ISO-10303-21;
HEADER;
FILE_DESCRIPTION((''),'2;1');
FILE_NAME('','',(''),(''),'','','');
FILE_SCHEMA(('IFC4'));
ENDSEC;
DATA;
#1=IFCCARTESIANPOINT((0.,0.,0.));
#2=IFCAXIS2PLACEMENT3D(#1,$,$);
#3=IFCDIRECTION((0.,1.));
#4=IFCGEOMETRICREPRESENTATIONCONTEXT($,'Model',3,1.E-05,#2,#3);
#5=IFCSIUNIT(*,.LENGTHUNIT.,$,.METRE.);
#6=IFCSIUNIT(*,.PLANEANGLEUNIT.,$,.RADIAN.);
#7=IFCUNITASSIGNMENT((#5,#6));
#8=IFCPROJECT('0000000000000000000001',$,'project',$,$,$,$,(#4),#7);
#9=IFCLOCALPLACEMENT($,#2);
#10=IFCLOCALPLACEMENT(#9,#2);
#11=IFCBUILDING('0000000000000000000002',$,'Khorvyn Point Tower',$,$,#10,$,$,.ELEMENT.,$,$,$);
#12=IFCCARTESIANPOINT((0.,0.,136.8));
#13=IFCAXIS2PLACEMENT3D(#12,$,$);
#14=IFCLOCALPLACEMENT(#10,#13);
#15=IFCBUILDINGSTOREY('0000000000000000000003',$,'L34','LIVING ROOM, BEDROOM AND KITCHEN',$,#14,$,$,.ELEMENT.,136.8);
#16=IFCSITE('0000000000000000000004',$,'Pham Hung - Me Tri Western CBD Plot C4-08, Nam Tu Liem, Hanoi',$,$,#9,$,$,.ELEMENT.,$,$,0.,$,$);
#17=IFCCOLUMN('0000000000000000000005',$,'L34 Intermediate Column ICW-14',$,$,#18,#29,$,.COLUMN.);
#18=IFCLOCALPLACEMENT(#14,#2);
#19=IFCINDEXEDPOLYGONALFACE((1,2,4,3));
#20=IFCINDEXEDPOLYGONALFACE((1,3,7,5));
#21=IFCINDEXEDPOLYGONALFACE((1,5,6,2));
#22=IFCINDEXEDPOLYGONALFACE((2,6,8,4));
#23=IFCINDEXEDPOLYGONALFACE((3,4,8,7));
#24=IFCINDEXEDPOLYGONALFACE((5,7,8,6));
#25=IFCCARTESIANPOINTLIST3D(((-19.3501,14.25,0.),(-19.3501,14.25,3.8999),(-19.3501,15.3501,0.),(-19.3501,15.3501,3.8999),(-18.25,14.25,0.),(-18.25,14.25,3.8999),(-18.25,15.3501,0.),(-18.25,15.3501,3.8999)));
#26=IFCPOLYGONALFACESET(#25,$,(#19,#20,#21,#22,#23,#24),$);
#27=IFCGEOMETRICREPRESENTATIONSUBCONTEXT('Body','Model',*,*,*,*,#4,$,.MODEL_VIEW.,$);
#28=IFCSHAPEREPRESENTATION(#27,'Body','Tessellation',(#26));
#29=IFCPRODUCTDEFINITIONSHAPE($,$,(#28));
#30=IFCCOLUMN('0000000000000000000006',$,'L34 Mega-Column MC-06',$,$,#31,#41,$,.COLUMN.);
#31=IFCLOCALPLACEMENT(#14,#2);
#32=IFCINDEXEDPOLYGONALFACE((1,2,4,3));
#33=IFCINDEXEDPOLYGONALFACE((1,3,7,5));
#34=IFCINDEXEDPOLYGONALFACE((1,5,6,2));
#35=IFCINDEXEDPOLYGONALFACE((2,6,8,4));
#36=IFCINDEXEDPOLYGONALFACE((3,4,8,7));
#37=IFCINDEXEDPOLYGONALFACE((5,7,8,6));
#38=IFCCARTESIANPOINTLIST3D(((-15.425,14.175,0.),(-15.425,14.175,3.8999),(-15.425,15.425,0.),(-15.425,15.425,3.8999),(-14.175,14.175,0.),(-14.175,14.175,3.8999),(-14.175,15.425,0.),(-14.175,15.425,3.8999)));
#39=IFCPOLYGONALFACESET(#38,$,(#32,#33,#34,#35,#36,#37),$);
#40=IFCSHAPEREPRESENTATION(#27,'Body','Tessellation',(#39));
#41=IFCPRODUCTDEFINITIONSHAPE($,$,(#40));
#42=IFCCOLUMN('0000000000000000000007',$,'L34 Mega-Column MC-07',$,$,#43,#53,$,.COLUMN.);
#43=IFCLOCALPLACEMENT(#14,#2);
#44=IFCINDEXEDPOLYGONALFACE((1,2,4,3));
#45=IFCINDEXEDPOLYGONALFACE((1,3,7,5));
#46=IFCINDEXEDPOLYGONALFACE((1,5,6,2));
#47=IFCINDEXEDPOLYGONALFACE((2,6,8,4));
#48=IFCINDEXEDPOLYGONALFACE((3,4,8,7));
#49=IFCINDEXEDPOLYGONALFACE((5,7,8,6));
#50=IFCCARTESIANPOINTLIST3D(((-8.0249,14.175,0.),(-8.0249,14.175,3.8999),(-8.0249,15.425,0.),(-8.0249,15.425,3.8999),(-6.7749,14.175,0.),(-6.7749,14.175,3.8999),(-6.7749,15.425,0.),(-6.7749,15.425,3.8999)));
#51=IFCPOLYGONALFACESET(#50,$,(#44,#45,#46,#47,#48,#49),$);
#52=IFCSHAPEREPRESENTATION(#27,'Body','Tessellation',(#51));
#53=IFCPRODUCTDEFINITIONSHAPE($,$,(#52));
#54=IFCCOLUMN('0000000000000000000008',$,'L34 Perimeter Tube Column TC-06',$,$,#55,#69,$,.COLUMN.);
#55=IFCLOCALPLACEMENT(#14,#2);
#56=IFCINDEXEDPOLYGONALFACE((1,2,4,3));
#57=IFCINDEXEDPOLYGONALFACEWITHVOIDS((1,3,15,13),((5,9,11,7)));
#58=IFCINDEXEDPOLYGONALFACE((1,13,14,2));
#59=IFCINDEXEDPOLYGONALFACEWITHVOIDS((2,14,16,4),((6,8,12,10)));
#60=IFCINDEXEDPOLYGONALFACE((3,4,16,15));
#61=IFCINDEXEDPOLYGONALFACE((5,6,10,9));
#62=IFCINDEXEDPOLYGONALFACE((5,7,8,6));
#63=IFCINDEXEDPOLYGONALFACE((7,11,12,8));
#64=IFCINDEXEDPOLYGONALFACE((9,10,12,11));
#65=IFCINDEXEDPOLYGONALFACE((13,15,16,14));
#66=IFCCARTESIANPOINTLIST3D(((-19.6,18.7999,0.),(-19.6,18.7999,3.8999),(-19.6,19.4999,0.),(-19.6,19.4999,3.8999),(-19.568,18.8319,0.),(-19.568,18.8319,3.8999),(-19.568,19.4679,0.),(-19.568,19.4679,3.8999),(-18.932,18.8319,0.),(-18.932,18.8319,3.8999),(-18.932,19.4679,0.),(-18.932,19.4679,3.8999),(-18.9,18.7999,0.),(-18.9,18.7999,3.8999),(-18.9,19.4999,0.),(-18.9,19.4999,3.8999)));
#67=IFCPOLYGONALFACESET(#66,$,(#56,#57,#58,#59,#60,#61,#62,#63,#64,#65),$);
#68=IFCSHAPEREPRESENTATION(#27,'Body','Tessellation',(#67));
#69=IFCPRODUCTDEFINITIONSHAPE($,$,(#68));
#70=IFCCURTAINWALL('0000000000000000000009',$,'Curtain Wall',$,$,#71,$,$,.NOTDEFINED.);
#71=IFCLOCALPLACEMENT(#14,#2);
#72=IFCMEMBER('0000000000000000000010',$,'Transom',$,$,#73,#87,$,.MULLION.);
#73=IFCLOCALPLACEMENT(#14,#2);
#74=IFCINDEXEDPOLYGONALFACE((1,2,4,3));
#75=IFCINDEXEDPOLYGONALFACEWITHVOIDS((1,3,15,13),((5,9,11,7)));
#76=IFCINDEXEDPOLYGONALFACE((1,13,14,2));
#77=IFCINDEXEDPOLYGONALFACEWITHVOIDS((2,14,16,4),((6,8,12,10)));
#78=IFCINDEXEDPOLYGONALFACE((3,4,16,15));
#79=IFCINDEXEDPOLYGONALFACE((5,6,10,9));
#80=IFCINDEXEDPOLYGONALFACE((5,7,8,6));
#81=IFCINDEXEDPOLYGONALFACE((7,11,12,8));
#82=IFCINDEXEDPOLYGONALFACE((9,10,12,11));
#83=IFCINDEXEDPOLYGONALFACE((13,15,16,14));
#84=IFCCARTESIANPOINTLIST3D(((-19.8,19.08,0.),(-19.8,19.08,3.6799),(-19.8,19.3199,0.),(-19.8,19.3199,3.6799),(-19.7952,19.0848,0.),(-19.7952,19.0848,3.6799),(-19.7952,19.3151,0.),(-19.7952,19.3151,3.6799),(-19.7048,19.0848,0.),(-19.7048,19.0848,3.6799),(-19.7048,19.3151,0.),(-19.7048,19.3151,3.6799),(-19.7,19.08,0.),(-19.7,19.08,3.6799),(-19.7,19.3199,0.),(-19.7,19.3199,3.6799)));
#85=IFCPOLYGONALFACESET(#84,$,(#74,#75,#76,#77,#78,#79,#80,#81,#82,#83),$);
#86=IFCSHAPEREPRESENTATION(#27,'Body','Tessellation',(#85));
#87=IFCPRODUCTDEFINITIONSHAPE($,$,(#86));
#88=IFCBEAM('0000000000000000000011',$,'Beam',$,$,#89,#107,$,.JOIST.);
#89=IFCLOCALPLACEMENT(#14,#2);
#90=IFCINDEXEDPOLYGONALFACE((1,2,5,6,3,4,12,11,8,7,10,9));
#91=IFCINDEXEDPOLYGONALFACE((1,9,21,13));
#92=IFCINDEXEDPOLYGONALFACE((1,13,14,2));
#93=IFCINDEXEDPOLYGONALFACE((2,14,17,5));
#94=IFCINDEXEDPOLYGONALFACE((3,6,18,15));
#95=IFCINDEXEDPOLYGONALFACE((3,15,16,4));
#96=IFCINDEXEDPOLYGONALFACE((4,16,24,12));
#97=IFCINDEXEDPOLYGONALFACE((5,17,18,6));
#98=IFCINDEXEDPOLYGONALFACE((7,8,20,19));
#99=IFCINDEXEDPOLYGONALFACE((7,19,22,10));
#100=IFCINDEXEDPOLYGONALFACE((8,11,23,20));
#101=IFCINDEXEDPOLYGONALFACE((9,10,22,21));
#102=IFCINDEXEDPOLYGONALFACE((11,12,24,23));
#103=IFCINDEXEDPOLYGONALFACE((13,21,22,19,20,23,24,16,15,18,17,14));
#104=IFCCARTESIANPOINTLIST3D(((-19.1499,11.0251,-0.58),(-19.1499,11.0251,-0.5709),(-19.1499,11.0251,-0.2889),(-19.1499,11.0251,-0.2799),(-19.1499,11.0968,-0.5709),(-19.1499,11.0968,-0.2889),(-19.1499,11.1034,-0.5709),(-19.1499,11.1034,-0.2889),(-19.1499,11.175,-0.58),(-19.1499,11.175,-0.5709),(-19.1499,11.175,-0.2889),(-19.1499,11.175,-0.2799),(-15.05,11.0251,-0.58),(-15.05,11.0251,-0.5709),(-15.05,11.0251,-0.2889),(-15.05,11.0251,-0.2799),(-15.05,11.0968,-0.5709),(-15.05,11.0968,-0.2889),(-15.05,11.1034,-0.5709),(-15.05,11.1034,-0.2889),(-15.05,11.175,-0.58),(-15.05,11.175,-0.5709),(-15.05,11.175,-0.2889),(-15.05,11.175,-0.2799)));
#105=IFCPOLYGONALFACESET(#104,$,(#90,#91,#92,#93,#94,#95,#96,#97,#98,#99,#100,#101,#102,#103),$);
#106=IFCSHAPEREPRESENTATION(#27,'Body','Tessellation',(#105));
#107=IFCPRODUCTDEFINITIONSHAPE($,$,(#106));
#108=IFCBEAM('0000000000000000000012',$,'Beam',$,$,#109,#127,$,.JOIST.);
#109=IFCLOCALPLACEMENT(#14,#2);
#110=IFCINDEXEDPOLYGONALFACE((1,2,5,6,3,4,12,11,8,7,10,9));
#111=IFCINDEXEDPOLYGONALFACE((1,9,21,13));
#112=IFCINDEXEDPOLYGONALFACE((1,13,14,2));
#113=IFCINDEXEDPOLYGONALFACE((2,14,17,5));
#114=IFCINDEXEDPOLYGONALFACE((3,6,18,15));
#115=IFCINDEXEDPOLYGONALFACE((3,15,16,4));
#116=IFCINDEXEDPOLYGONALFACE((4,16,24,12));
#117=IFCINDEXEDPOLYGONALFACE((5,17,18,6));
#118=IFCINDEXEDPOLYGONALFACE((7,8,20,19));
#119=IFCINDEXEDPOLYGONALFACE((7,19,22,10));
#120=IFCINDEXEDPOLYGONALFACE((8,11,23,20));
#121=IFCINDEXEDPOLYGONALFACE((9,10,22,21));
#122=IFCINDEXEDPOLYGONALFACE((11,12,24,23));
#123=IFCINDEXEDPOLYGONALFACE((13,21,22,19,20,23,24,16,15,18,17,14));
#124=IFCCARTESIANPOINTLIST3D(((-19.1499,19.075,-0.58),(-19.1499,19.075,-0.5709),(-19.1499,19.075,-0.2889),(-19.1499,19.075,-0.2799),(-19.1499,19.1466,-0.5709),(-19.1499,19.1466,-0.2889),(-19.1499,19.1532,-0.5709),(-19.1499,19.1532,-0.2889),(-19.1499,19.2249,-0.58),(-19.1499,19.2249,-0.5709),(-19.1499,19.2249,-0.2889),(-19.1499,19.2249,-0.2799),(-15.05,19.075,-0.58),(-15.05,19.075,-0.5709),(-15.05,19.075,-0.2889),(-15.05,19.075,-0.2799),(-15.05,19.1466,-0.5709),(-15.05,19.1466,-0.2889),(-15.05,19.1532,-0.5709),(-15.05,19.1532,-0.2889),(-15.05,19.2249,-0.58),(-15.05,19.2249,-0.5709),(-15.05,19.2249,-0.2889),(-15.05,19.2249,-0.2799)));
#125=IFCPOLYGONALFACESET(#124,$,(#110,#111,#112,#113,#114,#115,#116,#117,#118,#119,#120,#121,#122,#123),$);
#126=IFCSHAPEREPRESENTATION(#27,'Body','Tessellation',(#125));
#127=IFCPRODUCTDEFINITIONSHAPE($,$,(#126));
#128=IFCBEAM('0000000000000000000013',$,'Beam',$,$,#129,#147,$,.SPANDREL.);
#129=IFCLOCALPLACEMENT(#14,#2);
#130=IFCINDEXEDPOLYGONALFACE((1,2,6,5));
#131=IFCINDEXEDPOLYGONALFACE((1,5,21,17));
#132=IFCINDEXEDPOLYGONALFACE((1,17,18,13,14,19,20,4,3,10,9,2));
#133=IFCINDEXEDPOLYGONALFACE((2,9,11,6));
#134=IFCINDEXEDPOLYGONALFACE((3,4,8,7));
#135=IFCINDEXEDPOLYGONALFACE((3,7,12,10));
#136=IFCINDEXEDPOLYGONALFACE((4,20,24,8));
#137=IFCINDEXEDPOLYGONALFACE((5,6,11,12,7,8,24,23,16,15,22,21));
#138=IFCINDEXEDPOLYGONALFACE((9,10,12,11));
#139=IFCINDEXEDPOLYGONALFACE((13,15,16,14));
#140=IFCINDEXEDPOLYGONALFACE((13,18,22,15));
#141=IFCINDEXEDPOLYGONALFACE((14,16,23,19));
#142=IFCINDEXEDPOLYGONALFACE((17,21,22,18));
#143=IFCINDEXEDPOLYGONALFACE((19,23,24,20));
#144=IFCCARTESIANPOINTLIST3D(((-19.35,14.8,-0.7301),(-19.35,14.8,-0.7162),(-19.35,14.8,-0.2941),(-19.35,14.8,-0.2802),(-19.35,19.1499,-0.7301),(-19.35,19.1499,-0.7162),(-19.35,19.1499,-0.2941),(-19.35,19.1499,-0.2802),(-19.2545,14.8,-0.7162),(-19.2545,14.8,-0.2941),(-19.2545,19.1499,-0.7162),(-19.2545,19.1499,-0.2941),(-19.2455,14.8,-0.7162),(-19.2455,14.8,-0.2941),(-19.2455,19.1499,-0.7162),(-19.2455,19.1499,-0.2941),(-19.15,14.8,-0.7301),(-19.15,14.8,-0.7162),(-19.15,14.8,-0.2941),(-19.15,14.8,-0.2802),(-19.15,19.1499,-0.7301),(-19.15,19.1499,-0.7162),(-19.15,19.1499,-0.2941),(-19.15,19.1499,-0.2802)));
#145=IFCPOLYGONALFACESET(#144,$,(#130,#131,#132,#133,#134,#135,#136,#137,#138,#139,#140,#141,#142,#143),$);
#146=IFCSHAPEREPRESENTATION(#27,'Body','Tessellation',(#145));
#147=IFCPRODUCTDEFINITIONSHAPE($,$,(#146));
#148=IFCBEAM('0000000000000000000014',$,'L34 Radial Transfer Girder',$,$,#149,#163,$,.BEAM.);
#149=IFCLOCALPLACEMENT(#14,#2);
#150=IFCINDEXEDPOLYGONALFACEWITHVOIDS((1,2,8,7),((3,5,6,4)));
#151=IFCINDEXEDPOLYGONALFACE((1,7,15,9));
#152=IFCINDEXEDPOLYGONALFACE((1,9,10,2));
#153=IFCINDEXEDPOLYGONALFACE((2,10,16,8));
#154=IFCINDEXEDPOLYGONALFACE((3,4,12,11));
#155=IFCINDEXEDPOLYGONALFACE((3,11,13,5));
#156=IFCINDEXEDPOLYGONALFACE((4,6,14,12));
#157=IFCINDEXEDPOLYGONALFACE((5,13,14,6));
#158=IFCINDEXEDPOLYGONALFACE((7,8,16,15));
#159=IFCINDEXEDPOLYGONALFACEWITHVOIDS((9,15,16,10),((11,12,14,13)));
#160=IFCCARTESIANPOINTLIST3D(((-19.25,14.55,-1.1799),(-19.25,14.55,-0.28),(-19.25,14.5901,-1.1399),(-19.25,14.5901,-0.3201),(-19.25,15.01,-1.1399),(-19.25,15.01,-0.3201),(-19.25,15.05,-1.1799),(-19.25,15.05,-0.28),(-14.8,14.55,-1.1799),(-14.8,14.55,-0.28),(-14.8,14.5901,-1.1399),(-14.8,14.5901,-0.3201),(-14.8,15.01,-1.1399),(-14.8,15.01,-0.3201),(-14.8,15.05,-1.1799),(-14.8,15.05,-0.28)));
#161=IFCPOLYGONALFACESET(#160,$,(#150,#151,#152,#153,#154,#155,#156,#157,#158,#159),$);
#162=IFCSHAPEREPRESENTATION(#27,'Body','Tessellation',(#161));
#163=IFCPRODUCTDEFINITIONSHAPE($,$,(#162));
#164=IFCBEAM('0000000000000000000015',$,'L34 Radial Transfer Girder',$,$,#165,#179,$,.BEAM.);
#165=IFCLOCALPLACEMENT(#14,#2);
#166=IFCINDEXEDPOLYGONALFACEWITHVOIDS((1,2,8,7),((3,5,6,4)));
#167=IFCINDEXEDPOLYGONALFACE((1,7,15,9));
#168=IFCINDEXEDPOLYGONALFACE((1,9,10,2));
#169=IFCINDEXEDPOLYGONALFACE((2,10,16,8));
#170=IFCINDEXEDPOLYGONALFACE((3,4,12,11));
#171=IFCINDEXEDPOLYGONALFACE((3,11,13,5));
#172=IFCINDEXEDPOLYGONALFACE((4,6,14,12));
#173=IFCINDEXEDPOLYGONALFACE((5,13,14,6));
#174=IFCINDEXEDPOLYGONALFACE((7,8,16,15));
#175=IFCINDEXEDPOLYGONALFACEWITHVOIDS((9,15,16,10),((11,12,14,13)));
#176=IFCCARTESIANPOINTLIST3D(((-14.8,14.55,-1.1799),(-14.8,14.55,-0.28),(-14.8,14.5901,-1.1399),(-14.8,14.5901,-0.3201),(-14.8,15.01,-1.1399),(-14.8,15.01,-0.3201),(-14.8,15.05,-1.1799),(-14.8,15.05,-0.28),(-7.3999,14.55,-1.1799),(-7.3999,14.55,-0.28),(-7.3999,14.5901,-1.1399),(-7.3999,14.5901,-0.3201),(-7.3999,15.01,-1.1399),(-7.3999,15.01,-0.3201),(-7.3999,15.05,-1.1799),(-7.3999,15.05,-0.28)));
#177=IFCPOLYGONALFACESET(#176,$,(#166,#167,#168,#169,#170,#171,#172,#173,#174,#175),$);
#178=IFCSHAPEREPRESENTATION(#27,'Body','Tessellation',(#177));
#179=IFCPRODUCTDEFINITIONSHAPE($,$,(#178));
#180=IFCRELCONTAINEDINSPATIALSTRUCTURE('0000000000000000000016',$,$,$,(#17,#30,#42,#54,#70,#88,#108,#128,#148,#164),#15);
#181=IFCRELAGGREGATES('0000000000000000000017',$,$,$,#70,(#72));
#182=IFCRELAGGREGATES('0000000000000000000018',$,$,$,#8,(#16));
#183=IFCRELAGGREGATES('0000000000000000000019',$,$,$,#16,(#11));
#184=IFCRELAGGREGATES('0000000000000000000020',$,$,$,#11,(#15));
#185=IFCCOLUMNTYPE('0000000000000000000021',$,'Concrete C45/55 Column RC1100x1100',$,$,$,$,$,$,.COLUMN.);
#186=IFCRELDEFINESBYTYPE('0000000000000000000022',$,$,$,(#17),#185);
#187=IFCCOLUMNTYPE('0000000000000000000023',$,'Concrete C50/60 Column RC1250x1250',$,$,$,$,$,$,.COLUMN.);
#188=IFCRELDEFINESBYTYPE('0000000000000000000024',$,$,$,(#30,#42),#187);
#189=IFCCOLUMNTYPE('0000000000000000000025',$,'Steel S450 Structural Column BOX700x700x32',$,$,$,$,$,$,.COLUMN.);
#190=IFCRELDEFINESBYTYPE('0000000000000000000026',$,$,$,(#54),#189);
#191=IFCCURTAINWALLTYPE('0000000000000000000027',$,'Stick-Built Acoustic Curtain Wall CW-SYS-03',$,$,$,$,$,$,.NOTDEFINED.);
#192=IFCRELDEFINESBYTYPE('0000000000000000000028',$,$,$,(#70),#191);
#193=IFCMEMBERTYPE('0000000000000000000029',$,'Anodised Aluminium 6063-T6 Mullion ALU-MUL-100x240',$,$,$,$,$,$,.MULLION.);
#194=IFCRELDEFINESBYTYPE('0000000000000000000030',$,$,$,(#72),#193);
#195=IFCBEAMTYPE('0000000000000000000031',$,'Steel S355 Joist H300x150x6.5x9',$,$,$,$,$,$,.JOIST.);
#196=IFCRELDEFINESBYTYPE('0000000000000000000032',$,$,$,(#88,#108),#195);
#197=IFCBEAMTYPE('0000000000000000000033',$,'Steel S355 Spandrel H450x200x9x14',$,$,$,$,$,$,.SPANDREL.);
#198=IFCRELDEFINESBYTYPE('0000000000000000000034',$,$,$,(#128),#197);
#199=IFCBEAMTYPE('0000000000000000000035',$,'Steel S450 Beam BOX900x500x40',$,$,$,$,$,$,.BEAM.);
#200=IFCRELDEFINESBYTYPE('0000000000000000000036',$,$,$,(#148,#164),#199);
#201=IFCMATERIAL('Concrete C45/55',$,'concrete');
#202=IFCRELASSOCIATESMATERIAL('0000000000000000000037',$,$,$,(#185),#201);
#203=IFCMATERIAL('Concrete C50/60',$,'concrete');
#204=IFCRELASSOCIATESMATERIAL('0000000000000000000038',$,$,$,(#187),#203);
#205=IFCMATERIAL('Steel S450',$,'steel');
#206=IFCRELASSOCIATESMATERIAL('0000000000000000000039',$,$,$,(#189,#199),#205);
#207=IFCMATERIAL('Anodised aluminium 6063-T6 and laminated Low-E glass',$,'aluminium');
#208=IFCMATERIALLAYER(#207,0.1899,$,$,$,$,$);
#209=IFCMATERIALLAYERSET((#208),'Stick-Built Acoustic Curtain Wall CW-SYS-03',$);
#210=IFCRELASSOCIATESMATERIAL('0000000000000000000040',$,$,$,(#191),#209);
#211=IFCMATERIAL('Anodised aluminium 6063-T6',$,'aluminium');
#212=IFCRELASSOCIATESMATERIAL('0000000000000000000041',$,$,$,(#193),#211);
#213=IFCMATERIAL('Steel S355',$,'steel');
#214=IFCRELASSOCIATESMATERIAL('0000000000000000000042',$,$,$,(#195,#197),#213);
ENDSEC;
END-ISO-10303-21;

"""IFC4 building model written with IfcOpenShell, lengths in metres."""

from ifc_helpers import new_model, si_unit, direction, frame, origin, origin_2d, place, context, subcontext, project, spatial, rectangle, hollow_rectangle, i_section, extrude, material, layer, layer_set, material_profile, profile_set, type_object, element, aggregate, save


model = new_model("IFC4")

# Units and contexts
model_context = context("Model", 3, precision=1e-05, world=origin(), true_north=direction((0.0, 1.0)))
body_context = subcontext(model_context, "Body", "Model", "MODEL_VIEW")
ifc_project = project(units=[si_unit("LENGTHUNIT", "METRE"), si_unit("PLANEANGLEUNIT", "RADIAN")], contexts=[model_context])

# Site, building, storey
site_placement = place(None, origin())
site = spatial("IfcSite", under=ifc_project, at=site_placement, Name="Pham Hung - Me Tri Western CBD Plot C4-08, Nam Tu Liem, Hanoi", CompositionType="ELEMENT", RefElevation=0.0)
building_placement = place(site_placement, origin())
building = spatial("IfcBuilding", under=site, at=building_placement, Name="Khorvyn Point Tower", CompositionType="ELEMENT")
storey_placement = place(building_placement, frame((0.0, 0.0, 136.8)))
storey = spatial("IfcBuildingStorey", under=building, at=storey_placement, Name="L34", Description="LIVING ROOM, BEDROOM AND KITCHEN", CompositionType="ELEMENT", Elevation=136.8)

# Columns
ifc_material_1 = material(Name="Concrete C45/55", Category="concrete")
ifc_material_profile_1 = material_profile(ifc_material_1, rectangle(XDim=1.1001, YDim=1.1001, at=origin_2d()))
ifc_profile_set_1 = profile_set([ifc_material_profile_1], Name="Concrete C45/55 RC1100x1100")
column_type_1 = type_object("IfcColumnType", Name="Concrete C45/55 Column RC1100x1100", PredefinedType="COLUMN", material=ifc_profile_set_1)
column_1_placement = place(storey_placement, frame((-18.8, 14.8, 0.0), z_axis=(0.0, 0.0, 1.0), x_axis=(1.0, 0.0, 0.0)))
element("IfcColumn", 1, at=column_1_placement, inside=storey, type_object=column_type_1, Name="L34 Intermediate Column ICW-14", PredefinedType="COLUMN", context=body_context, shape_type="SweptSolid", body=[
    extrude(rectangle(XDim=1.1001, YDim=1.1001, at=origin_2d()), origin(), (0.0, 0.0, 1.0), 3.8999),
])
ifc_material_2 = material(Name="Concrete C50/60", Category="concrete")
ifc_material_profile_2 = material_profile(ifc_material_2, rectangle(XDim=1.25, YDim=1.25, at=origin_2d()))
ifc_profile_set_2 = profile_set([ifc_material_profile_2], Name="Concrete C50/60 RC1250x1250")
column_type_2 = type_object("IfcColumnType", Name="Concrete C50/60 Column RC1250x1250", PredefinedType="COLUMN", material=ifc_profile_set_2)
for number, where, z_axis, x_axis, name in (
    (2, (-14.8, 14.8, 0.0), (0.0, 0.0, 1.0), (1.0, 0.0, 0.0), "L34 Mega-Column MC-06"),
    (3, (-7.3999, 14.8, 0.0), (0.0, 0.0, 1.0), (1.0, 0.0, 0.0), "L34 Mega-Column MC-07"),
):
    element("IfcColumn", number, at=place(storey_placement, frame(where, z_axis=z_axis, x_axis=x_axis)), inside=storey, type_object=column_type_2, Name=name, PredefinedType="COLUMN", context=body_context, shape_type="SweptSolid", body=[
        extrude(rectangle(XDim=1.25, YDim=1.25, at=origin_2d()), origin(), (0.0, 0.0, 1.0), 3.8999),
    ])
ifc_material_3 = material(Name="Steel S450", Category="steel")
ifc_material_profile_3 = material_profile(ifc_material_3, hollow_rectangle(XDim=0.7, YDim=0.7, WallThickness=0.032, at=origin_2d()))
ifc_profile_set_3 = profile_set([ifc_material_profile_3], Name="Steel S450 BOX700x700x32")
column_type_3 = type_object("IfcColumnType", Name="Steel S450 Structural Column BOX700x700x32", PredefinedType="COLUMN", material=ifc_profile_set_3)
column_2_placement = place(storey_placement, frame((-19.25, 19.1499, 0.0), z_axis=(0.0, 0.0, 1.0), x_axis=(1.0, 0.0, 0.0)))
element("IfcColumn", 4, at=column_2_placement, inside=storey, type_object=column_type_3, Name="L34 Perimeter Tube Column TC-06", PredefinedType="COLUMN", context=body_context, shape_type="SweptSolid", body=[
    extrude(hollow_rectangle(XDim=0.7, YDim=0.7, WallThickness=0.032, at=origin_2d()), origin(), (0.0, 0.0, 1.0), 3.8999),
])

# Curtain wall, member
ifc_material_4 = material(Name="Anodised aluminium 6063-T6 and laminated Low-E glass", Category="aluminium")
ifc_layer_1 = layer(ifc_material_4, 0.1899)
ifc_layer_set_1 = layer_set([ifc_layer_1], Name="Stick-Built Acoustic Curtain Wall CW-SYS-03")
curtain_wall_type = type_object("IfcCurtainWallType", Name="Stick-Built Acoustic Curtain Wall CW-SYS-03", PredefinedType="NOTDEFINED", material=ifc_layer_set_1)
curtain_wall_placement = place(storey_placement, origin())
curtain_wall = element("IfcCurtainWall", 5, at=curtain_wall_placement, inside=storey, type_object=curtain_wall_type, Name="Curtain Wall", PredefinedType="NOTDEFINED")
ifc_material_5 = material(Name="Anodised aluminium 6063-T6", Category="aluminium")
ifc_material_profile_4 = material_profile(ifc_material_5, hollow_rectangle(XDim=0.1001, YDim=0.24, WallThickness=0.0049, at=origin_2d()))
ifc_profile_set_4 = profile_set([ifc_material_profile_4], Name="Anodised aluminium 6063-T6 ALU-MUL-100x240")
member_type = type_object("IfcMemberType", Name="Anodised Aluminium 6063-T6 Mullion ALU-MUL-100x240", PredefinedType="MULLION", material=ifc_profile_set_4)
member_placement = place(storey_placement, frame((-19.75, 19.2, 0.0), z_axis=(0.0, 0.0, 1.0), x_axis=(-1.0, 0.0, 0.0)))
member = element("IfcMember", 6, at=member_placement, type_object=member_type, Name="Transom", PredefinedType="MULLION", context=body_context, shape_type="SweptSolid", body=[
    extrude(hollow_rectangle(XDim=0.1001, YDim=0.24, WallThickness=0.0049, at=origin_2d()), origin(), (0.0, 0.0, 1.0), 3.6799),
])

# Beams
ifc_material_6 = material(Name="Steel S355", Category="steel")
ifc_material_profile_5 = material_profile(ifc_material_6, i_section(OverallWidth=0.1499, OverallDepth=0.3, WebThickness=0.0066, FlangeThickness=0.009, at=origin_2d()))
ifc_profile_set_5 = profile_set([ifc_material_profile_5], Name="Steel S355 H300x150x6.5x9")
beam_type_1 = type_object("IfcBeamType", Name="Steel S355 Joist H300x150x6.5x9", PredefinedType="JOIST", material=ifc_profile_set_5)
for number, where, z_axis, x_axis, name in (
    (7, (-19.1499, 11.1001, -0.4299), (1.0, 0.0, 0.0), (0.0, 1.0, 0.0), "Beam"),
    (8, (-19.1499, 19.1499, -0.4299), (1.0, 0.0, 0.0), (0.0, 1.0, 0.0), "Beam"),
):
    element("IfcBeam", number, at=place(storey_placement, frame(where, z_axis=z_axis, x_axis=x_axis)), inside=storey, type_object=beam_type_1, Name=name, PredefinedType="JOIST", context=body_context, shape_type="SweptSolid", body=[
        extrude(i_section(OverallWidth=0.1499, OverallDepth=0.3, WebThickness=0.0066, FlangeThickness=0.009, at=origin_2d()), origin(), (0.0, 0.0, 1.0), 4.0999),
    ])
ifc_material_profile_6 = material_profile(ifc_material_6, i_section(OverallWidth=0.2, OverallDepth=0.45, WebThickness=0.009, FlangeThickness=0.0139, at=origin_2d()))
ifc_profile_set_6 = profile_set([ifc_material_profile_6], Name="Steel S355 H450x200x9x14")
beam_type_2 = type_object("IfcBeamType", Name="Steel S355 Spandrel H450x200x9x14", PredefinedType="SPANDREL", material=ifc_profile_set_6)
beam_1_placement = place(storey_placement, frame((-19.25, 14.8, -0.5051), z_axis=(0.0, 1.0, 0.0), x_axis=(-1.0, 0.0, 0.0)))
element("IfcBeam", 9, at=beam_1_placement, inside=storey, type_object=beam_type_2, Name="Beam", PredefinedType="SPANDREL", context=body_context, shape_type="SweptSolid", body=[
    extrude(i_section(OverallWidth=0.2, OverallDepth=0.45, WebThickness=0.009, FlangeThickness=0.0139, at=origin_2d()), origin(), (0.0, 0.0, 1.0), 4.3499),
])
ifc_material_profile_7 = material_profile(ifc_material_3, hollow_rectangle(XDim=0.5, YDim=0.8999, WallThickness=0.04, at=origin_2d()))
ifc_profile_set_7 = profile_set([ifc_material_profile_7], Name="Steel S450 BOX900x500x40")
beam_type_3 = type_object("IfcBeamType", Name="Steel S450 Beam BOX900x500x40", PredefinedType="BEAM", material=ifc_profile_set_7)
beam_2_placement = place(storey_placement, frame((-19.25, 14.8, -0.73), z_axis=(1.0, 0.0, 0.0), x_axis=(0.0, 1.0, 0.0)))
element("IfcBeam", 10, at=beam_2_placement, inside=storey, type_object=beam_type_3, Name="L34 Radial Transfer Girder", PredefinedType="BEAM", context=body_context, shape_type="SweptSolid", body=[
    extrude(hollow_rectangle(XDim=0.5, YDim=0.8999, WallThickness=0.04, at=origin_2d()), origin(), (0.0, 0.0, 1.0), 4.45),
])
beam_3_placement = place(storey_placement, frame((-14.8, 14.8, -0.73), z_axis=(1.0, 0.0, 0.0), x_axis=(0.0, 1.0, 0.0)))
element("IfcBeam", 11, at=beam_3_placement, inside=storey, type_object=beam_type_3, Name="L34 Radial Transfer Girder", PredefinedType="BEAM", context=body_context, shape_type="SweptSolid", body=[
    extrude(hollow_rectangle(XDim=0.5, YDim=0.8999, WallThickness=0.04, at=origin_2d()), origin(), (0.0, 0.0, 1.0), 7.4001),
])

aggregate(curtain_wall, [member])

save(model, "model.ifc")
